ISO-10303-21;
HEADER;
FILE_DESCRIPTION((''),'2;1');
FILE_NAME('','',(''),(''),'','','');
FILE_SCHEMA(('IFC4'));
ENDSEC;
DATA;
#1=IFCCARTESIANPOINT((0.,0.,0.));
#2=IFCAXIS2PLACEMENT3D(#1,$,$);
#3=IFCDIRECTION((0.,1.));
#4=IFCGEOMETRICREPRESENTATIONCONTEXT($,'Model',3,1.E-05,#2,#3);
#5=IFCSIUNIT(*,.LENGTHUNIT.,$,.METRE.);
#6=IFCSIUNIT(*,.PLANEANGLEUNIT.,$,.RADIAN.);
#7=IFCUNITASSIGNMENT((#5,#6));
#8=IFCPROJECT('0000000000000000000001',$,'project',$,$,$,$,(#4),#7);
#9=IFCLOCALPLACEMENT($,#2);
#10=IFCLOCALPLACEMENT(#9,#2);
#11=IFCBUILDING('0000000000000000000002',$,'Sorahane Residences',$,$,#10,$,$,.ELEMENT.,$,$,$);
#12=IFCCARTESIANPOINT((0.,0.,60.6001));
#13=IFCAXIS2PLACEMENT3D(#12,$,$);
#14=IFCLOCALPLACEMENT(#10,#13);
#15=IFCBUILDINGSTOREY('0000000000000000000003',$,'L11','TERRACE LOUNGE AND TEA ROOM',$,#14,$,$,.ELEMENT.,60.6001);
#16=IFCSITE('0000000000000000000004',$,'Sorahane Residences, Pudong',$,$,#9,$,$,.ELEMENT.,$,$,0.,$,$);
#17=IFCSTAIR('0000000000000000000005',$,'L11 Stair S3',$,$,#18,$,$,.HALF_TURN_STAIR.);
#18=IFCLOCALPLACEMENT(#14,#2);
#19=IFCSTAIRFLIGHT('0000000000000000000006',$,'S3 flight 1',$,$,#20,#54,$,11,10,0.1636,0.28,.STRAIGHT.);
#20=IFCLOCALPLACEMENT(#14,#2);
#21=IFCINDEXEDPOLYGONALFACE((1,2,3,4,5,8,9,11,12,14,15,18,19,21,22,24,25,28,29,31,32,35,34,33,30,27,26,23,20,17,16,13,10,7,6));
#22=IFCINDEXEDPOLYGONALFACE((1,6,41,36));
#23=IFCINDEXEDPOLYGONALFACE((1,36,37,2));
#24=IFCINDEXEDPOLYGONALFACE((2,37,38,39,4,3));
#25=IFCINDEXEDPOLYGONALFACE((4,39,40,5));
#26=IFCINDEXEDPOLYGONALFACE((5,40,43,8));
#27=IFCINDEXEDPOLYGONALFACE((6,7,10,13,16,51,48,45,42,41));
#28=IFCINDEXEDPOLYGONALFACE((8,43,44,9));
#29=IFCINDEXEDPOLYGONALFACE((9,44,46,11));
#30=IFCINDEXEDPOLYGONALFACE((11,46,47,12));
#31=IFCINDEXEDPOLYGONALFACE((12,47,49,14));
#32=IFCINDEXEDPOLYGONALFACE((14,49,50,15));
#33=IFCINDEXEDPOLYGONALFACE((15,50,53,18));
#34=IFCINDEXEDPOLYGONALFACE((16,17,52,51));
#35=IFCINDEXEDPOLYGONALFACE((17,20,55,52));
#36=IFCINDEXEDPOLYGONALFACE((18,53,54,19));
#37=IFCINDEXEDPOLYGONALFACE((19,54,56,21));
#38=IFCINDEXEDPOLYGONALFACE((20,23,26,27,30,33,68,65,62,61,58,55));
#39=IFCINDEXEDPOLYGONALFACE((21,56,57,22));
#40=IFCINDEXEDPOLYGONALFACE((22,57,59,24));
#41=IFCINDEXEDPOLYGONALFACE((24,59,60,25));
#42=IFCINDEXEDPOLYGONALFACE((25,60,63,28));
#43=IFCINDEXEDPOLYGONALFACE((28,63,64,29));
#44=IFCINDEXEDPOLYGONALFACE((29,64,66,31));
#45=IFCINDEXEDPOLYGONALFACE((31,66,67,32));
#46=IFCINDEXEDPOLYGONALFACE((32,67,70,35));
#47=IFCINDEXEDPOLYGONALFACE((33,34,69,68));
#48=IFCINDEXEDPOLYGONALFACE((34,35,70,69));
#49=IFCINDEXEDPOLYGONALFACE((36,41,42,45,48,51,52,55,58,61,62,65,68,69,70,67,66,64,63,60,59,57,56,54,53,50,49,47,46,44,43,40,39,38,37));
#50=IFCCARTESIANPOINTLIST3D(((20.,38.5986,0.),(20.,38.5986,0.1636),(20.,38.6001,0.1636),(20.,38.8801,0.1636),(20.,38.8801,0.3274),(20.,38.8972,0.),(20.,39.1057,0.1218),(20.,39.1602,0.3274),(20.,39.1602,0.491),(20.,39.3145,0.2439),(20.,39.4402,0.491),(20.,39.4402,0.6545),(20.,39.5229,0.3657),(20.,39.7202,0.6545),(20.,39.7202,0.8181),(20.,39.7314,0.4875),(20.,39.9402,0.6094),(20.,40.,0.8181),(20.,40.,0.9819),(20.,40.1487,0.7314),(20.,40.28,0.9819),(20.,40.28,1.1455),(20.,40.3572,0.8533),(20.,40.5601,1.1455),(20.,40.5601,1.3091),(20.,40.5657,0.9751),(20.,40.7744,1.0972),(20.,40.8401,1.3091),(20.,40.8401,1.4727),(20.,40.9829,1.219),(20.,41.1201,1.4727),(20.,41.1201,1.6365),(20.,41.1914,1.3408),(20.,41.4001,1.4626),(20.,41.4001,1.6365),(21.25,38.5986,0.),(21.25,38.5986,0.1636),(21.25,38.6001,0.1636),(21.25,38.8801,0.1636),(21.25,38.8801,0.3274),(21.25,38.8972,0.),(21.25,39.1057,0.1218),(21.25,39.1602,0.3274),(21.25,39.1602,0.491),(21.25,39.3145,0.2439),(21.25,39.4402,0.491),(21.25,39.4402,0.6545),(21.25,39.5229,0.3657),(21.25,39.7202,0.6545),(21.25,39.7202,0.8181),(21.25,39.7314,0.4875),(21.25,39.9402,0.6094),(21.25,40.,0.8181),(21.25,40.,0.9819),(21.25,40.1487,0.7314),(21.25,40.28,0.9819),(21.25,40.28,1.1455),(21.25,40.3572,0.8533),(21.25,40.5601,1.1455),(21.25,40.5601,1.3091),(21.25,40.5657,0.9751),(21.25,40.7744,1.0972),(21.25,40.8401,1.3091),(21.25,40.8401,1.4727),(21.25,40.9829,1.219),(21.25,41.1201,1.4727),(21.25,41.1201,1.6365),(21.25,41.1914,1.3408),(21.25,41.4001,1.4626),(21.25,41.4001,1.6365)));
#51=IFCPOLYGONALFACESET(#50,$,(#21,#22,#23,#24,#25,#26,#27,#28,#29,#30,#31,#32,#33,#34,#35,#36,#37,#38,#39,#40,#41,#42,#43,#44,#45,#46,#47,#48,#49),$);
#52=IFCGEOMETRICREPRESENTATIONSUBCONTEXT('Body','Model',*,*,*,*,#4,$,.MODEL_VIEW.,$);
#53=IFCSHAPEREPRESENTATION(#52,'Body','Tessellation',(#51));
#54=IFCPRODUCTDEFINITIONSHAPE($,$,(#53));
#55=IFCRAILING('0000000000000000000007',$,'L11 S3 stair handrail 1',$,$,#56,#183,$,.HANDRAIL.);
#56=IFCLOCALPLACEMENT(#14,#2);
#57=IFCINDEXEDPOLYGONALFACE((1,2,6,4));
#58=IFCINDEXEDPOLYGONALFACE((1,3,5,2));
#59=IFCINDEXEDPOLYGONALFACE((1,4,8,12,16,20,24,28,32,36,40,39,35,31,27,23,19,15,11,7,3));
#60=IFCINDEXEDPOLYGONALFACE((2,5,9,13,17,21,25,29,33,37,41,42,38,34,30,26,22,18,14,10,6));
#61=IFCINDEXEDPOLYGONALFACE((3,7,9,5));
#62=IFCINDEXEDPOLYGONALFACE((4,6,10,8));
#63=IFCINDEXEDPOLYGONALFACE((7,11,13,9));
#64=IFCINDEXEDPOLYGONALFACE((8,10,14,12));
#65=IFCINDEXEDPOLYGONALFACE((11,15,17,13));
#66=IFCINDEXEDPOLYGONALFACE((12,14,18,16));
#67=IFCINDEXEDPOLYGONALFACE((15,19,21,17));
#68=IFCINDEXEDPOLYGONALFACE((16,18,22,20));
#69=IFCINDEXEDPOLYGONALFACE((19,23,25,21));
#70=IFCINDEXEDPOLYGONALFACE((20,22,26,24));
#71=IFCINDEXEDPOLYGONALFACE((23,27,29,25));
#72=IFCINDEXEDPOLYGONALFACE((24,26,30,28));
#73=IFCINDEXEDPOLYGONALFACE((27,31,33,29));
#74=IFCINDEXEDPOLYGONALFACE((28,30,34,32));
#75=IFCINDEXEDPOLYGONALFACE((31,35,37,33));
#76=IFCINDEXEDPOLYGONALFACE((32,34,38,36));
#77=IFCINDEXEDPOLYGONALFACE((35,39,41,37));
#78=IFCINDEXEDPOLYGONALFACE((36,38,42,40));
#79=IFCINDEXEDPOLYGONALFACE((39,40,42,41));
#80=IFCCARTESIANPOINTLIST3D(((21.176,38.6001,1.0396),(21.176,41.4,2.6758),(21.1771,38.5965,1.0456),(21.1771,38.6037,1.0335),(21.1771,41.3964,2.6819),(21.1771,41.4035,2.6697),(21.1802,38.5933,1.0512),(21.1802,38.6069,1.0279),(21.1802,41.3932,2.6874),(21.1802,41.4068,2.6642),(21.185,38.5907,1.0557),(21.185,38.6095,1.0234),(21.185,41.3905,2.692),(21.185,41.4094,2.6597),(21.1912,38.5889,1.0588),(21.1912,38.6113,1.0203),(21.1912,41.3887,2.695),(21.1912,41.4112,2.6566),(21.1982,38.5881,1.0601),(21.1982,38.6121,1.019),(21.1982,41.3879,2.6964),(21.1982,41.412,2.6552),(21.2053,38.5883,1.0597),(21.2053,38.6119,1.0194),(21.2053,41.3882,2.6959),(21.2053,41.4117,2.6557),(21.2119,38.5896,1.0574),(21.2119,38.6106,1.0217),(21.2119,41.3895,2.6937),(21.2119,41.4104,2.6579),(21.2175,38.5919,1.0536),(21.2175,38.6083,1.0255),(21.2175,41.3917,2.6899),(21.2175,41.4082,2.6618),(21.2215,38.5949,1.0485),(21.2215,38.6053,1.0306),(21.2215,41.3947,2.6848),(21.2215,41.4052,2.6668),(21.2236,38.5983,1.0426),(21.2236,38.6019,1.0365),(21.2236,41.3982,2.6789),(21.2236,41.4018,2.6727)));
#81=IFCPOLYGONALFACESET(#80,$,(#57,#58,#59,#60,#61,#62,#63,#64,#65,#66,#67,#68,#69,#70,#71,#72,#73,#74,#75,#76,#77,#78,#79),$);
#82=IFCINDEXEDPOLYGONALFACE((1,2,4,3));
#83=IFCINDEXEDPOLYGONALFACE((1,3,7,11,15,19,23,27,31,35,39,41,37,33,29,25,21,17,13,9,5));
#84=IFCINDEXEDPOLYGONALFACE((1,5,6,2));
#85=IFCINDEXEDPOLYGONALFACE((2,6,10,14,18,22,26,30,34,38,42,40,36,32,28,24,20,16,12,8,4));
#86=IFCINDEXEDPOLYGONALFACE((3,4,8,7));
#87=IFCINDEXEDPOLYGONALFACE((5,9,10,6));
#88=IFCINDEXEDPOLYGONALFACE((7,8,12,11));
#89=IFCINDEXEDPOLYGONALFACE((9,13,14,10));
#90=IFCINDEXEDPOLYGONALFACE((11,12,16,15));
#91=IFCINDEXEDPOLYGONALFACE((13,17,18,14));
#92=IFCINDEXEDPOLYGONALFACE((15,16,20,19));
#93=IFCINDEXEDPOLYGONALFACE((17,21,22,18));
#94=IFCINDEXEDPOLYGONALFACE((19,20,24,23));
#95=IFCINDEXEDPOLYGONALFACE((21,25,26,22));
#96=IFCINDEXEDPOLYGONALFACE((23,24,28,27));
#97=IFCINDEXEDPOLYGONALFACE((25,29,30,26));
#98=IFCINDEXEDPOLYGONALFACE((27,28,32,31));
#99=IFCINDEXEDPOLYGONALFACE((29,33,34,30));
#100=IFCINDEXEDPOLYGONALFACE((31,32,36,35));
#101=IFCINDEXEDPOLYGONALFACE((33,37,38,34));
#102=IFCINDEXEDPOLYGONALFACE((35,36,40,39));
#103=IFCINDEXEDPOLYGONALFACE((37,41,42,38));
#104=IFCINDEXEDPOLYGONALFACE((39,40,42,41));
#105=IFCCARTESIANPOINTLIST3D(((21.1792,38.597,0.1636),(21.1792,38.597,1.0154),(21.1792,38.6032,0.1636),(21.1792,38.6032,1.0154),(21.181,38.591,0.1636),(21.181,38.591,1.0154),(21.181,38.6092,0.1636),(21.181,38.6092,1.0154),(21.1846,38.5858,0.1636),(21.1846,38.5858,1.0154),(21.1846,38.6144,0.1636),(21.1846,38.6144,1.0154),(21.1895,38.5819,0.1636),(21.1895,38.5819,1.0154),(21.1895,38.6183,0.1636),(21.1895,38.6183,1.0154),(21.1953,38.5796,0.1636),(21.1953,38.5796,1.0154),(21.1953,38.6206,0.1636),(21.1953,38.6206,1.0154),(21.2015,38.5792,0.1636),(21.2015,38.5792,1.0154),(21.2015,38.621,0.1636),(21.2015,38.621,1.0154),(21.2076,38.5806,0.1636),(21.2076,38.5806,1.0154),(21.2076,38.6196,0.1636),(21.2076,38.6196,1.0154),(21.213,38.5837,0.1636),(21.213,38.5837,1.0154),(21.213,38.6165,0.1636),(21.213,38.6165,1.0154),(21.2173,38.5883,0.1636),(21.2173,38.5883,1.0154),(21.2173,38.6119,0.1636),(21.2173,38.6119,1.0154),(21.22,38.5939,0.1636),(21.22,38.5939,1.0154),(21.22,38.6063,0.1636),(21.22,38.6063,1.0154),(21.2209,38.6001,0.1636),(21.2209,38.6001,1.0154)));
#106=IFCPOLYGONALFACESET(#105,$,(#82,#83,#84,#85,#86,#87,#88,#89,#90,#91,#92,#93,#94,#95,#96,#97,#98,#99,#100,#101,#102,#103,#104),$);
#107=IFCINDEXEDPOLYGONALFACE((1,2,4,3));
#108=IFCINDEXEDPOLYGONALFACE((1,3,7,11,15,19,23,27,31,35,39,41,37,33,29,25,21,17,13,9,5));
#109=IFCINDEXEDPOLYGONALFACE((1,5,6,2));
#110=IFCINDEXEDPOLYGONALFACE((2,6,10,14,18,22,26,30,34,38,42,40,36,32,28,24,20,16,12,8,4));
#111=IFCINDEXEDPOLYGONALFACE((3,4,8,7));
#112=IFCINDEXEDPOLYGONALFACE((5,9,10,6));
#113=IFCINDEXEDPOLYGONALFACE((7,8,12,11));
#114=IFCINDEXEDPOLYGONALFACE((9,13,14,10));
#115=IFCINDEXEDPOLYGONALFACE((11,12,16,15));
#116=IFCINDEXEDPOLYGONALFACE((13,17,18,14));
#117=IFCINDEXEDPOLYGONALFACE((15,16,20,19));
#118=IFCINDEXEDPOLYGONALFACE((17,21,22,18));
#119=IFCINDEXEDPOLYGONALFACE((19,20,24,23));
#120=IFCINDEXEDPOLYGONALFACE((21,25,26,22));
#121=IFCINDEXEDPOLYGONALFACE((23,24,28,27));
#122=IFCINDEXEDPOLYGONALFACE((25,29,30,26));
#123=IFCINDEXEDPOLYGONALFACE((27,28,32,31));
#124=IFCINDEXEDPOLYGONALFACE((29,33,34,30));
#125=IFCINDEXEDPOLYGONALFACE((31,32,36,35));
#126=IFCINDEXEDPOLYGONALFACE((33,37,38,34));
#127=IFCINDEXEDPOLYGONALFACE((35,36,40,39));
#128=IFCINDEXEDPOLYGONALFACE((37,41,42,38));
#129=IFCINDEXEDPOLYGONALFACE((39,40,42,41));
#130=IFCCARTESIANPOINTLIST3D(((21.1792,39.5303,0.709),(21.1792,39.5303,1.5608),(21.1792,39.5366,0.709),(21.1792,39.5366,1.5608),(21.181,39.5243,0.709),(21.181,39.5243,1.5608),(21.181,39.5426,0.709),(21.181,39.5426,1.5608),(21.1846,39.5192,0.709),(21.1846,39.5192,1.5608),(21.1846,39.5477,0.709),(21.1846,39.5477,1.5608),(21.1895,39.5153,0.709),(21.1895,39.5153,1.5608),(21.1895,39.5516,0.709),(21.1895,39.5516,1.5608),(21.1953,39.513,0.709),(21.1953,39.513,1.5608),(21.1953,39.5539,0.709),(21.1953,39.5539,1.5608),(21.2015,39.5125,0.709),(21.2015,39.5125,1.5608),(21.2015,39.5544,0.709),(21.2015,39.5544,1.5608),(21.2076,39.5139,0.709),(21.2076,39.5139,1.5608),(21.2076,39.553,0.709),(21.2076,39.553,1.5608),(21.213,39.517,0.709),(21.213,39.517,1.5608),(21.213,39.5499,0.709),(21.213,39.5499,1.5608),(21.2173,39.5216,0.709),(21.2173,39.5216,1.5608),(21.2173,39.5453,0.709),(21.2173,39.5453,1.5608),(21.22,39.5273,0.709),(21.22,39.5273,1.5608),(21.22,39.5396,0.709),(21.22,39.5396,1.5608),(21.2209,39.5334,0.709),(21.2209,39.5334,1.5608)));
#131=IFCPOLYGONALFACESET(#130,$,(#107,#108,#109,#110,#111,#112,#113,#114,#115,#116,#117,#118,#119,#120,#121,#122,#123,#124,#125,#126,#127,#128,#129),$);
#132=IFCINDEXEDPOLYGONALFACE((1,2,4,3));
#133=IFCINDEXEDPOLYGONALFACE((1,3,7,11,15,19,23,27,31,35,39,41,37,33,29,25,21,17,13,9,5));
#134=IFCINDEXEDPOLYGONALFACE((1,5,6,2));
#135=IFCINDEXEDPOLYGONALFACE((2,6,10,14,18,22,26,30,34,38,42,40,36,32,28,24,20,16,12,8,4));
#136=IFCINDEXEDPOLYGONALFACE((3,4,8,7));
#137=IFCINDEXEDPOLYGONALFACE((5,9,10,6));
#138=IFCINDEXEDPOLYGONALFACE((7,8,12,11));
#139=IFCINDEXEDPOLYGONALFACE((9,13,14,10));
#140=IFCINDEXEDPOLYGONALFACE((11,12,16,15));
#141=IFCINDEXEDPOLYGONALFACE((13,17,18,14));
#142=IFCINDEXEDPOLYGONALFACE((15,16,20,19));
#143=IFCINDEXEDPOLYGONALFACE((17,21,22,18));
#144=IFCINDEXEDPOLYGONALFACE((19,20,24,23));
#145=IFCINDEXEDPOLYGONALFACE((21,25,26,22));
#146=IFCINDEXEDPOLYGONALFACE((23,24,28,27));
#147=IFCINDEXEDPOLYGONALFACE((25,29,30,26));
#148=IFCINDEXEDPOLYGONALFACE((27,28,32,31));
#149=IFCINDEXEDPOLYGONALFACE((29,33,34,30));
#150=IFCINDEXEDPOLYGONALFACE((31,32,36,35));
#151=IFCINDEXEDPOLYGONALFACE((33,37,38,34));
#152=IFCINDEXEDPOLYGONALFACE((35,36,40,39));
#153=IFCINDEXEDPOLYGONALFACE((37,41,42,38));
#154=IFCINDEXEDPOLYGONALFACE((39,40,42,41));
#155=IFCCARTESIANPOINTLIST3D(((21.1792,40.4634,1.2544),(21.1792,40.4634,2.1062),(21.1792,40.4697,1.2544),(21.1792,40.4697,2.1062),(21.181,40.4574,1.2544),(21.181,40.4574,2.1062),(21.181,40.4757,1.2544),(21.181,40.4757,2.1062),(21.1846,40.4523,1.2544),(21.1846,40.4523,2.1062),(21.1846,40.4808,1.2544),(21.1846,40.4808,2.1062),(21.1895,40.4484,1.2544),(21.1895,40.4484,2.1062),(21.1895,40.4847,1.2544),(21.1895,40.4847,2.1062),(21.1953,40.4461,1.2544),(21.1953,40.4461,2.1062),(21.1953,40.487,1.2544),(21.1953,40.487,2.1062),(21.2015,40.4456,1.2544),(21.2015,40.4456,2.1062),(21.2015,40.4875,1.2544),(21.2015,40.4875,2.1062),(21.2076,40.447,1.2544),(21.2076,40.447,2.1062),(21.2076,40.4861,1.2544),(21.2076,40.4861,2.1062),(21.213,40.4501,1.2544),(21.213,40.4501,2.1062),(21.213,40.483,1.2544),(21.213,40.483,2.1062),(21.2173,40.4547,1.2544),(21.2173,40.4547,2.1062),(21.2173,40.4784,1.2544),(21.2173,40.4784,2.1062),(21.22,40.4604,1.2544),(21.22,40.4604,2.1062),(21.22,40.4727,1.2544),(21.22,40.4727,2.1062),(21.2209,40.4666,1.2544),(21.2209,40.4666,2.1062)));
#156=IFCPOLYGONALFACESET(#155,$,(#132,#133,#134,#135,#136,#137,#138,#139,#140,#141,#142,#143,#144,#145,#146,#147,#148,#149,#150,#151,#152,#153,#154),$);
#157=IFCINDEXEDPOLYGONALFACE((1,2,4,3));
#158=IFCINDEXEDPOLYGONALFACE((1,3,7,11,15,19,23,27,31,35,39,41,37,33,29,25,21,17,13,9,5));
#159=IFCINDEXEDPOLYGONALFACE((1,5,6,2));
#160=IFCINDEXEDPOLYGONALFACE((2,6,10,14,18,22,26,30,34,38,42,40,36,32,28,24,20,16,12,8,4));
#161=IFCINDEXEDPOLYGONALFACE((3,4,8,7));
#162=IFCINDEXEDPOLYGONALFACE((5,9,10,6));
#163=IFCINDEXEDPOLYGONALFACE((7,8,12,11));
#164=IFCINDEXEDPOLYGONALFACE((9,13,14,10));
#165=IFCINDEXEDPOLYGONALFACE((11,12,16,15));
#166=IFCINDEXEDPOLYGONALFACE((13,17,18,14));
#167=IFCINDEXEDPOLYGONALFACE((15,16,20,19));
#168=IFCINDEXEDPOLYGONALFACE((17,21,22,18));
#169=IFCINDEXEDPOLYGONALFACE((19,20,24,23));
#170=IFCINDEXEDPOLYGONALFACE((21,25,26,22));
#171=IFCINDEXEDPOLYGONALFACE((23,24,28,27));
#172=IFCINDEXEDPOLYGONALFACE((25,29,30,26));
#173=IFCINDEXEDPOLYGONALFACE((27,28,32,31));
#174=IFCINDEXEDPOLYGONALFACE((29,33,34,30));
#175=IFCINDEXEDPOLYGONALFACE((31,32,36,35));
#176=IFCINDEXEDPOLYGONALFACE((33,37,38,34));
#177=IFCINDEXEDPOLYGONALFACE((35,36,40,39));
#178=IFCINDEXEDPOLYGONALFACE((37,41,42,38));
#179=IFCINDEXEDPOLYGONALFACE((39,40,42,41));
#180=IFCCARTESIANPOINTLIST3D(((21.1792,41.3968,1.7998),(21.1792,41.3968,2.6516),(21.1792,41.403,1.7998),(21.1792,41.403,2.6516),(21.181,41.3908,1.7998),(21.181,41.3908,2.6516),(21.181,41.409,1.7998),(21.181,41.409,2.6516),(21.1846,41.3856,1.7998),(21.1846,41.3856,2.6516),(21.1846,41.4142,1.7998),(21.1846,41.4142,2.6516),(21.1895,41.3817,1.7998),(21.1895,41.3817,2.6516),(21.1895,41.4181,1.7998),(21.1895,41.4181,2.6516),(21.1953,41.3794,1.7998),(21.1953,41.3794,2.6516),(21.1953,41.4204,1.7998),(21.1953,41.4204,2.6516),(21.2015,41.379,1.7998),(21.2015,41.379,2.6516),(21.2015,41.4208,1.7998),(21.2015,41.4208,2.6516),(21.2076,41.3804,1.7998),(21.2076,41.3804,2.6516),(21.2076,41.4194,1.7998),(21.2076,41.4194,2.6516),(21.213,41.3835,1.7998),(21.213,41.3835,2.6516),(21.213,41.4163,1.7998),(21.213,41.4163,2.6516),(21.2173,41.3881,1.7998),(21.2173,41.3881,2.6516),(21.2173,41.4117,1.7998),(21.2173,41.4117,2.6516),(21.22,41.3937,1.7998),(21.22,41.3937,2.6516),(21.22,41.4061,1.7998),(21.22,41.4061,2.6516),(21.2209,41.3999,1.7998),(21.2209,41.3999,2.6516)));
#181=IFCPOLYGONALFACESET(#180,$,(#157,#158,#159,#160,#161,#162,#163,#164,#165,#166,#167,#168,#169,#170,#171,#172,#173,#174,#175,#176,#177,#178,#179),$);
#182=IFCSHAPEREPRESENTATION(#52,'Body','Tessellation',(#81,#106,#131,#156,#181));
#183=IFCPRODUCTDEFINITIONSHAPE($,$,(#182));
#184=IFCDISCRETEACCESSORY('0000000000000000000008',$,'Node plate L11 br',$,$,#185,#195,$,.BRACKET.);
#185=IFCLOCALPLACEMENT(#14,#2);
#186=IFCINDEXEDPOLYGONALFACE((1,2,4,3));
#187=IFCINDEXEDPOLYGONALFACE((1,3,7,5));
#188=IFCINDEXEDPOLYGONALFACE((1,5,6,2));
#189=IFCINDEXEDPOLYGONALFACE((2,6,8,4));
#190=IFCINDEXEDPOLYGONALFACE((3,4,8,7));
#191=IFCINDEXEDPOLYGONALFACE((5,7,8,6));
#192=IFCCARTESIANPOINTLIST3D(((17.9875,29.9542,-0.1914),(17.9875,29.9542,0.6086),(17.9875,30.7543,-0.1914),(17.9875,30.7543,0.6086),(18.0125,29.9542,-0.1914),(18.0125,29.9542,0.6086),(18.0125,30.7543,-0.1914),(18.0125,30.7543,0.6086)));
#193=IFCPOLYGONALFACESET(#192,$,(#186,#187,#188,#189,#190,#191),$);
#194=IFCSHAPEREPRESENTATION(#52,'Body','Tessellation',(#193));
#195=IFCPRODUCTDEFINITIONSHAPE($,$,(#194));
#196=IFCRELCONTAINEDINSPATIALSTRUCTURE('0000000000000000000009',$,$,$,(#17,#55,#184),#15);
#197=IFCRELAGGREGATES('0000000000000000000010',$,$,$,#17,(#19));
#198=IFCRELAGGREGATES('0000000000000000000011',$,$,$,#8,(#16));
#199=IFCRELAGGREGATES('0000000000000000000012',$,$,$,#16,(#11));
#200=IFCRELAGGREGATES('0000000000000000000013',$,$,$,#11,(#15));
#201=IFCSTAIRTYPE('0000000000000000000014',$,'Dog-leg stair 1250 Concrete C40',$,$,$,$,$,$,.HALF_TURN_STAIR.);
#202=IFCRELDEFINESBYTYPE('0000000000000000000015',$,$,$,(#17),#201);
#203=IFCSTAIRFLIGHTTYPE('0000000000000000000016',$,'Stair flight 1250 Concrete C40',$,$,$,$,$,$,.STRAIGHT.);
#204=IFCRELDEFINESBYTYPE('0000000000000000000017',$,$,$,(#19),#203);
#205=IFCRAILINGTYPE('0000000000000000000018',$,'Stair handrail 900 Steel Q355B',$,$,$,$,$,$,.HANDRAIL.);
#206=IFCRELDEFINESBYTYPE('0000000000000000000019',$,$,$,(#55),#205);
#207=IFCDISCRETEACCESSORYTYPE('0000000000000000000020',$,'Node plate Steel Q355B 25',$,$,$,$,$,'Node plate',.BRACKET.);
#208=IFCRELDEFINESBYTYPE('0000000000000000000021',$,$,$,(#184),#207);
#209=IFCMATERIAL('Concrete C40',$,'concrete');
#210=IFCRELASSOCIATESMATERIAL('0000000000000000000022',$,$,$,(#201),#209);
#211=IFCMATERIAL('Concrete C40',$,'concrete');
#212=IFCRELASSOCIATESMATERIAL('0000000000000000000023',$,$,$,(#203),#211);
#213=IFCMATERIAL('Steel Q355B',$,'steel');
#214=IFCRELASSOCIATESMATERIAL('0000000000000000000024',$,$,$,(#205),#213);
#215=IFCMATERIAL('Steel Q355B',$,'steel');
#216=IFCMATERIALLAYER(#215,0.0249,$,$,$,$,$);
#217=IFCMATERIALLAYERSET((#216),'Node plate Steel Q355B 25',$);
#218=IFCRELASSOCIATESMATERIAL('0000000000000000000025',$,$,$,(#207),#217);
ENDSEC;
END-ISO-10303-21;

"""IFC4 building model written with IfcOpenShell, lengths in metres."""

from ifc_helpers import new_model, si_unit, direction, frame, origin, origin_2d, place, context, subcontext, project, spatial, polyline, rectangle, circle, outline, extrude, material, layer, layer_set, type_object, element, aggregate, save


model = new_model("IFC4")

# Units and contexts
model_context = context("Model", 3, precision=1e-05, world=origin(), true_north=direction((0.0, 1.0)))
body_context = subcontext(model_context, "Body", "Model", "MODEL_VIEW")
ifc_project = project(units=[si_unit("LENGTHUNIT", "METRE"), si_unit("PLANEANGLEUNIT", "RADIAN")], contexts=[model_context])

# Site, building, storey
site_placement = place(None, origin())
site = spatial("IfcSite", under=ifc_project, at=site_placement, Name="Sorahane Residences, Pudong", CompositionType="ELEMENT", RefElevation=0.0)
building_placement = place(site_placement, origin())
building = spatial("IfcBuilding", under=site, at=building_placement, Name="Sorahane Residences", CompositionType="ELEMENT")
storey_placement = place(building_placement, frame((0.0, 0.0, 60.6001)))
storey = spatial("IfcBuildingStorey", under=building, at=storey_placement, Name="L11", Description="TERRACE LOUNGE AND TEA ROOM", CompositionType="ELEMENT", Elevation=60.6001)

# Stair, stair flight
ifc_material_1 = material(Name="Concrete C40", Category="concrete")
stair_type = type_object("IfcStairType", Name="Dog-leg stair 1250 Concrete C40", PredefinedType="HALF_TURN_STAIR", material=ifc_material_1)
stair_placement = place(storey_placement, origin())
stair = element("IfcStair", 1, at=stair_placement, inside=storey, type_object=stair_type, Name="L11 Stair S3", PredefinedType="HALF_TURN_STAIR")
ifc_material_2 = material(Name="Concrete C40", Category="concrete")
stair_flight_type = type_object("IfcStairFlightType", Name="Stair flight 1250 Concrete C40", PredefinedType="STRAIGHT", material=ifc_material_2)
stair_flight_placement = place(storey_placement, frame((20.625, 38.6001, 0.0), z_axis=(0.0, 0.0, 1.0), x_axis=(0.0, 1.0, 0.0)))
stair_flight = element("IfcStairFlight", 2, at=stair_flight_placement, type_object=stair_flight_type, Name="S3 flight 1", NumberOfRisers=11, NumberOfTreads=10, PredefinedType="STRAIGHT", RiserHeight=0.1636, TreadLength=0.28, context=body_context, shape_type="SweptSolid", body=[
    extrude(outline(polyline([(-0.0015, 0.0), (-0.0015, 0.1636), (0.0, 0.1636), (0.28, 0.1636), (0.28, 0.3274), (0.5601, 0.3274), (0.5601, 0.491), (0.8401, 0.491), (0.8401, 0.6545), (1.1201, 0.6545), (1.1201, 0.8181), (1.3999, 0.8181), (1.3999, 0.9819), (1.6799, 0.9819), (1.6799, 1.1455), (1.96, 1.1455), (1.96, 1.3091), (2.24, 1.3091), (2.24, 1.4727), (2.52, 1.4727), (2.52, 1.6365), (2.8, 1.6365), (2.8, 1.8), (2.8, 1.4626), (2.5913, 1.3408), (2.3828, 1.219), (2.1743, 1.0972), (1.9656, 0.9751), (1.7571, 0.8533), (1.5486, 0.7314), (1.3401, 0.6094), (1.1313, 0.4875), (0.9229, 0.3657), (0.7144, 0.2439), (0.5056, 0.1218), (0.2971, 0.0), (-0.0015, 0.0)])), frame((0.0, 0.625, 0.0), z_axis=(0.0, -1.0, 0.0), x_axis=(1.0, 0.0, 0.0)), (0.0, 0.0, 1.0), 1.25),
])
aggregate(stair, [stair_flight])

# Railing
ifc_material_3 = material(Name="Steel Q355B", Category="steel")
railing_type_1 = type_object("IfcRailingType", Name="Stair handrail 900 Steel Q355B", PredefinedType="HANDRAIL", material=ifc_material_3)
railing_1_placement = place(storey_placement, frame((21.2, 38.6001, 0.1636)))
element("IfcRailing", 3, at=railing_1_placement, inside=storey, type_object=railing_type_1, Name="L11 S3 stair handrail 1", PredefinedType="HANDRAIL", context=body_context, shape_type="SweptSolid", body=[
    extrude(circle(Radius=0.0239, at=origin_2d()), frame((0.0, 0.0, 0.876), z_axis=(0.0, 0.863374, 0.504564), x_axis=(-1.0, 0.0, 0.0)), (0.0, 0.0, 1.0), 3.2429),
    extrude(circle(Radius=0.021, at=origin_2d()), origin(), (0.0, 0.0, 1.0), 0.8518),
    extrude(circle(Radius=0.021, at=origin_2d()), frame((0.0, 0.9333, 0.5454)), (0.0, 0.0, 1.0), 0.8518),
    extrude(circle(Radius=0.021, at=origin_2d()), frame((0.0, 1.8665, 1.0908)), (0.0, 0.0, 1.0), 0.8518),
    extrude(circle(Radius=0.021, at=origin_2d()), frame((0.0, 2.7998, 1.6362)), (0.0, 0.0, 1.0), 0.8518),
])

# Discrete accessory
ifc_material_4 = material(Name="Steel Q355B", Category="steel")
ifc_layer_1 = layer(ifc_material_4, 0.0249)
ifc_layer_set_1 = layer_set([ifc_layer_1], Name="Node plate Steel Q355B 25")
discrete_accessory_type = type_object("IfcDiscreteAccessoryType", Name="Node plate Steel Q355B 25", ElementType="Node plate", PredefinedType="BRACKET", material=ifc_layer_set_1)
for number, where, z_axis, x_axis, name in (
    (4, (18.0, 30.3542, -0.1914), (0.0, 0.0, 1.0), (0.0, 1.0, 0.0), "Node plate L11 br"),
):
    element("IfcDiscreteAccessory", number, at=place(storey_placement, frame(where, z_axis=z_axis, x_axis=x_axis)), inside=storey, type_object=discrete_accessory_type, Name=name, PredefinedType="BRACKET", context=body_context, shape_type="SweptSolid", body=[
        extrude(rectangle(XDim=0.8, YDim=0.0249, at=origin_2d()), origin(), (0.0, 0.0, 1.0), 0.8),
    ])

save(model, "model.ifc")
